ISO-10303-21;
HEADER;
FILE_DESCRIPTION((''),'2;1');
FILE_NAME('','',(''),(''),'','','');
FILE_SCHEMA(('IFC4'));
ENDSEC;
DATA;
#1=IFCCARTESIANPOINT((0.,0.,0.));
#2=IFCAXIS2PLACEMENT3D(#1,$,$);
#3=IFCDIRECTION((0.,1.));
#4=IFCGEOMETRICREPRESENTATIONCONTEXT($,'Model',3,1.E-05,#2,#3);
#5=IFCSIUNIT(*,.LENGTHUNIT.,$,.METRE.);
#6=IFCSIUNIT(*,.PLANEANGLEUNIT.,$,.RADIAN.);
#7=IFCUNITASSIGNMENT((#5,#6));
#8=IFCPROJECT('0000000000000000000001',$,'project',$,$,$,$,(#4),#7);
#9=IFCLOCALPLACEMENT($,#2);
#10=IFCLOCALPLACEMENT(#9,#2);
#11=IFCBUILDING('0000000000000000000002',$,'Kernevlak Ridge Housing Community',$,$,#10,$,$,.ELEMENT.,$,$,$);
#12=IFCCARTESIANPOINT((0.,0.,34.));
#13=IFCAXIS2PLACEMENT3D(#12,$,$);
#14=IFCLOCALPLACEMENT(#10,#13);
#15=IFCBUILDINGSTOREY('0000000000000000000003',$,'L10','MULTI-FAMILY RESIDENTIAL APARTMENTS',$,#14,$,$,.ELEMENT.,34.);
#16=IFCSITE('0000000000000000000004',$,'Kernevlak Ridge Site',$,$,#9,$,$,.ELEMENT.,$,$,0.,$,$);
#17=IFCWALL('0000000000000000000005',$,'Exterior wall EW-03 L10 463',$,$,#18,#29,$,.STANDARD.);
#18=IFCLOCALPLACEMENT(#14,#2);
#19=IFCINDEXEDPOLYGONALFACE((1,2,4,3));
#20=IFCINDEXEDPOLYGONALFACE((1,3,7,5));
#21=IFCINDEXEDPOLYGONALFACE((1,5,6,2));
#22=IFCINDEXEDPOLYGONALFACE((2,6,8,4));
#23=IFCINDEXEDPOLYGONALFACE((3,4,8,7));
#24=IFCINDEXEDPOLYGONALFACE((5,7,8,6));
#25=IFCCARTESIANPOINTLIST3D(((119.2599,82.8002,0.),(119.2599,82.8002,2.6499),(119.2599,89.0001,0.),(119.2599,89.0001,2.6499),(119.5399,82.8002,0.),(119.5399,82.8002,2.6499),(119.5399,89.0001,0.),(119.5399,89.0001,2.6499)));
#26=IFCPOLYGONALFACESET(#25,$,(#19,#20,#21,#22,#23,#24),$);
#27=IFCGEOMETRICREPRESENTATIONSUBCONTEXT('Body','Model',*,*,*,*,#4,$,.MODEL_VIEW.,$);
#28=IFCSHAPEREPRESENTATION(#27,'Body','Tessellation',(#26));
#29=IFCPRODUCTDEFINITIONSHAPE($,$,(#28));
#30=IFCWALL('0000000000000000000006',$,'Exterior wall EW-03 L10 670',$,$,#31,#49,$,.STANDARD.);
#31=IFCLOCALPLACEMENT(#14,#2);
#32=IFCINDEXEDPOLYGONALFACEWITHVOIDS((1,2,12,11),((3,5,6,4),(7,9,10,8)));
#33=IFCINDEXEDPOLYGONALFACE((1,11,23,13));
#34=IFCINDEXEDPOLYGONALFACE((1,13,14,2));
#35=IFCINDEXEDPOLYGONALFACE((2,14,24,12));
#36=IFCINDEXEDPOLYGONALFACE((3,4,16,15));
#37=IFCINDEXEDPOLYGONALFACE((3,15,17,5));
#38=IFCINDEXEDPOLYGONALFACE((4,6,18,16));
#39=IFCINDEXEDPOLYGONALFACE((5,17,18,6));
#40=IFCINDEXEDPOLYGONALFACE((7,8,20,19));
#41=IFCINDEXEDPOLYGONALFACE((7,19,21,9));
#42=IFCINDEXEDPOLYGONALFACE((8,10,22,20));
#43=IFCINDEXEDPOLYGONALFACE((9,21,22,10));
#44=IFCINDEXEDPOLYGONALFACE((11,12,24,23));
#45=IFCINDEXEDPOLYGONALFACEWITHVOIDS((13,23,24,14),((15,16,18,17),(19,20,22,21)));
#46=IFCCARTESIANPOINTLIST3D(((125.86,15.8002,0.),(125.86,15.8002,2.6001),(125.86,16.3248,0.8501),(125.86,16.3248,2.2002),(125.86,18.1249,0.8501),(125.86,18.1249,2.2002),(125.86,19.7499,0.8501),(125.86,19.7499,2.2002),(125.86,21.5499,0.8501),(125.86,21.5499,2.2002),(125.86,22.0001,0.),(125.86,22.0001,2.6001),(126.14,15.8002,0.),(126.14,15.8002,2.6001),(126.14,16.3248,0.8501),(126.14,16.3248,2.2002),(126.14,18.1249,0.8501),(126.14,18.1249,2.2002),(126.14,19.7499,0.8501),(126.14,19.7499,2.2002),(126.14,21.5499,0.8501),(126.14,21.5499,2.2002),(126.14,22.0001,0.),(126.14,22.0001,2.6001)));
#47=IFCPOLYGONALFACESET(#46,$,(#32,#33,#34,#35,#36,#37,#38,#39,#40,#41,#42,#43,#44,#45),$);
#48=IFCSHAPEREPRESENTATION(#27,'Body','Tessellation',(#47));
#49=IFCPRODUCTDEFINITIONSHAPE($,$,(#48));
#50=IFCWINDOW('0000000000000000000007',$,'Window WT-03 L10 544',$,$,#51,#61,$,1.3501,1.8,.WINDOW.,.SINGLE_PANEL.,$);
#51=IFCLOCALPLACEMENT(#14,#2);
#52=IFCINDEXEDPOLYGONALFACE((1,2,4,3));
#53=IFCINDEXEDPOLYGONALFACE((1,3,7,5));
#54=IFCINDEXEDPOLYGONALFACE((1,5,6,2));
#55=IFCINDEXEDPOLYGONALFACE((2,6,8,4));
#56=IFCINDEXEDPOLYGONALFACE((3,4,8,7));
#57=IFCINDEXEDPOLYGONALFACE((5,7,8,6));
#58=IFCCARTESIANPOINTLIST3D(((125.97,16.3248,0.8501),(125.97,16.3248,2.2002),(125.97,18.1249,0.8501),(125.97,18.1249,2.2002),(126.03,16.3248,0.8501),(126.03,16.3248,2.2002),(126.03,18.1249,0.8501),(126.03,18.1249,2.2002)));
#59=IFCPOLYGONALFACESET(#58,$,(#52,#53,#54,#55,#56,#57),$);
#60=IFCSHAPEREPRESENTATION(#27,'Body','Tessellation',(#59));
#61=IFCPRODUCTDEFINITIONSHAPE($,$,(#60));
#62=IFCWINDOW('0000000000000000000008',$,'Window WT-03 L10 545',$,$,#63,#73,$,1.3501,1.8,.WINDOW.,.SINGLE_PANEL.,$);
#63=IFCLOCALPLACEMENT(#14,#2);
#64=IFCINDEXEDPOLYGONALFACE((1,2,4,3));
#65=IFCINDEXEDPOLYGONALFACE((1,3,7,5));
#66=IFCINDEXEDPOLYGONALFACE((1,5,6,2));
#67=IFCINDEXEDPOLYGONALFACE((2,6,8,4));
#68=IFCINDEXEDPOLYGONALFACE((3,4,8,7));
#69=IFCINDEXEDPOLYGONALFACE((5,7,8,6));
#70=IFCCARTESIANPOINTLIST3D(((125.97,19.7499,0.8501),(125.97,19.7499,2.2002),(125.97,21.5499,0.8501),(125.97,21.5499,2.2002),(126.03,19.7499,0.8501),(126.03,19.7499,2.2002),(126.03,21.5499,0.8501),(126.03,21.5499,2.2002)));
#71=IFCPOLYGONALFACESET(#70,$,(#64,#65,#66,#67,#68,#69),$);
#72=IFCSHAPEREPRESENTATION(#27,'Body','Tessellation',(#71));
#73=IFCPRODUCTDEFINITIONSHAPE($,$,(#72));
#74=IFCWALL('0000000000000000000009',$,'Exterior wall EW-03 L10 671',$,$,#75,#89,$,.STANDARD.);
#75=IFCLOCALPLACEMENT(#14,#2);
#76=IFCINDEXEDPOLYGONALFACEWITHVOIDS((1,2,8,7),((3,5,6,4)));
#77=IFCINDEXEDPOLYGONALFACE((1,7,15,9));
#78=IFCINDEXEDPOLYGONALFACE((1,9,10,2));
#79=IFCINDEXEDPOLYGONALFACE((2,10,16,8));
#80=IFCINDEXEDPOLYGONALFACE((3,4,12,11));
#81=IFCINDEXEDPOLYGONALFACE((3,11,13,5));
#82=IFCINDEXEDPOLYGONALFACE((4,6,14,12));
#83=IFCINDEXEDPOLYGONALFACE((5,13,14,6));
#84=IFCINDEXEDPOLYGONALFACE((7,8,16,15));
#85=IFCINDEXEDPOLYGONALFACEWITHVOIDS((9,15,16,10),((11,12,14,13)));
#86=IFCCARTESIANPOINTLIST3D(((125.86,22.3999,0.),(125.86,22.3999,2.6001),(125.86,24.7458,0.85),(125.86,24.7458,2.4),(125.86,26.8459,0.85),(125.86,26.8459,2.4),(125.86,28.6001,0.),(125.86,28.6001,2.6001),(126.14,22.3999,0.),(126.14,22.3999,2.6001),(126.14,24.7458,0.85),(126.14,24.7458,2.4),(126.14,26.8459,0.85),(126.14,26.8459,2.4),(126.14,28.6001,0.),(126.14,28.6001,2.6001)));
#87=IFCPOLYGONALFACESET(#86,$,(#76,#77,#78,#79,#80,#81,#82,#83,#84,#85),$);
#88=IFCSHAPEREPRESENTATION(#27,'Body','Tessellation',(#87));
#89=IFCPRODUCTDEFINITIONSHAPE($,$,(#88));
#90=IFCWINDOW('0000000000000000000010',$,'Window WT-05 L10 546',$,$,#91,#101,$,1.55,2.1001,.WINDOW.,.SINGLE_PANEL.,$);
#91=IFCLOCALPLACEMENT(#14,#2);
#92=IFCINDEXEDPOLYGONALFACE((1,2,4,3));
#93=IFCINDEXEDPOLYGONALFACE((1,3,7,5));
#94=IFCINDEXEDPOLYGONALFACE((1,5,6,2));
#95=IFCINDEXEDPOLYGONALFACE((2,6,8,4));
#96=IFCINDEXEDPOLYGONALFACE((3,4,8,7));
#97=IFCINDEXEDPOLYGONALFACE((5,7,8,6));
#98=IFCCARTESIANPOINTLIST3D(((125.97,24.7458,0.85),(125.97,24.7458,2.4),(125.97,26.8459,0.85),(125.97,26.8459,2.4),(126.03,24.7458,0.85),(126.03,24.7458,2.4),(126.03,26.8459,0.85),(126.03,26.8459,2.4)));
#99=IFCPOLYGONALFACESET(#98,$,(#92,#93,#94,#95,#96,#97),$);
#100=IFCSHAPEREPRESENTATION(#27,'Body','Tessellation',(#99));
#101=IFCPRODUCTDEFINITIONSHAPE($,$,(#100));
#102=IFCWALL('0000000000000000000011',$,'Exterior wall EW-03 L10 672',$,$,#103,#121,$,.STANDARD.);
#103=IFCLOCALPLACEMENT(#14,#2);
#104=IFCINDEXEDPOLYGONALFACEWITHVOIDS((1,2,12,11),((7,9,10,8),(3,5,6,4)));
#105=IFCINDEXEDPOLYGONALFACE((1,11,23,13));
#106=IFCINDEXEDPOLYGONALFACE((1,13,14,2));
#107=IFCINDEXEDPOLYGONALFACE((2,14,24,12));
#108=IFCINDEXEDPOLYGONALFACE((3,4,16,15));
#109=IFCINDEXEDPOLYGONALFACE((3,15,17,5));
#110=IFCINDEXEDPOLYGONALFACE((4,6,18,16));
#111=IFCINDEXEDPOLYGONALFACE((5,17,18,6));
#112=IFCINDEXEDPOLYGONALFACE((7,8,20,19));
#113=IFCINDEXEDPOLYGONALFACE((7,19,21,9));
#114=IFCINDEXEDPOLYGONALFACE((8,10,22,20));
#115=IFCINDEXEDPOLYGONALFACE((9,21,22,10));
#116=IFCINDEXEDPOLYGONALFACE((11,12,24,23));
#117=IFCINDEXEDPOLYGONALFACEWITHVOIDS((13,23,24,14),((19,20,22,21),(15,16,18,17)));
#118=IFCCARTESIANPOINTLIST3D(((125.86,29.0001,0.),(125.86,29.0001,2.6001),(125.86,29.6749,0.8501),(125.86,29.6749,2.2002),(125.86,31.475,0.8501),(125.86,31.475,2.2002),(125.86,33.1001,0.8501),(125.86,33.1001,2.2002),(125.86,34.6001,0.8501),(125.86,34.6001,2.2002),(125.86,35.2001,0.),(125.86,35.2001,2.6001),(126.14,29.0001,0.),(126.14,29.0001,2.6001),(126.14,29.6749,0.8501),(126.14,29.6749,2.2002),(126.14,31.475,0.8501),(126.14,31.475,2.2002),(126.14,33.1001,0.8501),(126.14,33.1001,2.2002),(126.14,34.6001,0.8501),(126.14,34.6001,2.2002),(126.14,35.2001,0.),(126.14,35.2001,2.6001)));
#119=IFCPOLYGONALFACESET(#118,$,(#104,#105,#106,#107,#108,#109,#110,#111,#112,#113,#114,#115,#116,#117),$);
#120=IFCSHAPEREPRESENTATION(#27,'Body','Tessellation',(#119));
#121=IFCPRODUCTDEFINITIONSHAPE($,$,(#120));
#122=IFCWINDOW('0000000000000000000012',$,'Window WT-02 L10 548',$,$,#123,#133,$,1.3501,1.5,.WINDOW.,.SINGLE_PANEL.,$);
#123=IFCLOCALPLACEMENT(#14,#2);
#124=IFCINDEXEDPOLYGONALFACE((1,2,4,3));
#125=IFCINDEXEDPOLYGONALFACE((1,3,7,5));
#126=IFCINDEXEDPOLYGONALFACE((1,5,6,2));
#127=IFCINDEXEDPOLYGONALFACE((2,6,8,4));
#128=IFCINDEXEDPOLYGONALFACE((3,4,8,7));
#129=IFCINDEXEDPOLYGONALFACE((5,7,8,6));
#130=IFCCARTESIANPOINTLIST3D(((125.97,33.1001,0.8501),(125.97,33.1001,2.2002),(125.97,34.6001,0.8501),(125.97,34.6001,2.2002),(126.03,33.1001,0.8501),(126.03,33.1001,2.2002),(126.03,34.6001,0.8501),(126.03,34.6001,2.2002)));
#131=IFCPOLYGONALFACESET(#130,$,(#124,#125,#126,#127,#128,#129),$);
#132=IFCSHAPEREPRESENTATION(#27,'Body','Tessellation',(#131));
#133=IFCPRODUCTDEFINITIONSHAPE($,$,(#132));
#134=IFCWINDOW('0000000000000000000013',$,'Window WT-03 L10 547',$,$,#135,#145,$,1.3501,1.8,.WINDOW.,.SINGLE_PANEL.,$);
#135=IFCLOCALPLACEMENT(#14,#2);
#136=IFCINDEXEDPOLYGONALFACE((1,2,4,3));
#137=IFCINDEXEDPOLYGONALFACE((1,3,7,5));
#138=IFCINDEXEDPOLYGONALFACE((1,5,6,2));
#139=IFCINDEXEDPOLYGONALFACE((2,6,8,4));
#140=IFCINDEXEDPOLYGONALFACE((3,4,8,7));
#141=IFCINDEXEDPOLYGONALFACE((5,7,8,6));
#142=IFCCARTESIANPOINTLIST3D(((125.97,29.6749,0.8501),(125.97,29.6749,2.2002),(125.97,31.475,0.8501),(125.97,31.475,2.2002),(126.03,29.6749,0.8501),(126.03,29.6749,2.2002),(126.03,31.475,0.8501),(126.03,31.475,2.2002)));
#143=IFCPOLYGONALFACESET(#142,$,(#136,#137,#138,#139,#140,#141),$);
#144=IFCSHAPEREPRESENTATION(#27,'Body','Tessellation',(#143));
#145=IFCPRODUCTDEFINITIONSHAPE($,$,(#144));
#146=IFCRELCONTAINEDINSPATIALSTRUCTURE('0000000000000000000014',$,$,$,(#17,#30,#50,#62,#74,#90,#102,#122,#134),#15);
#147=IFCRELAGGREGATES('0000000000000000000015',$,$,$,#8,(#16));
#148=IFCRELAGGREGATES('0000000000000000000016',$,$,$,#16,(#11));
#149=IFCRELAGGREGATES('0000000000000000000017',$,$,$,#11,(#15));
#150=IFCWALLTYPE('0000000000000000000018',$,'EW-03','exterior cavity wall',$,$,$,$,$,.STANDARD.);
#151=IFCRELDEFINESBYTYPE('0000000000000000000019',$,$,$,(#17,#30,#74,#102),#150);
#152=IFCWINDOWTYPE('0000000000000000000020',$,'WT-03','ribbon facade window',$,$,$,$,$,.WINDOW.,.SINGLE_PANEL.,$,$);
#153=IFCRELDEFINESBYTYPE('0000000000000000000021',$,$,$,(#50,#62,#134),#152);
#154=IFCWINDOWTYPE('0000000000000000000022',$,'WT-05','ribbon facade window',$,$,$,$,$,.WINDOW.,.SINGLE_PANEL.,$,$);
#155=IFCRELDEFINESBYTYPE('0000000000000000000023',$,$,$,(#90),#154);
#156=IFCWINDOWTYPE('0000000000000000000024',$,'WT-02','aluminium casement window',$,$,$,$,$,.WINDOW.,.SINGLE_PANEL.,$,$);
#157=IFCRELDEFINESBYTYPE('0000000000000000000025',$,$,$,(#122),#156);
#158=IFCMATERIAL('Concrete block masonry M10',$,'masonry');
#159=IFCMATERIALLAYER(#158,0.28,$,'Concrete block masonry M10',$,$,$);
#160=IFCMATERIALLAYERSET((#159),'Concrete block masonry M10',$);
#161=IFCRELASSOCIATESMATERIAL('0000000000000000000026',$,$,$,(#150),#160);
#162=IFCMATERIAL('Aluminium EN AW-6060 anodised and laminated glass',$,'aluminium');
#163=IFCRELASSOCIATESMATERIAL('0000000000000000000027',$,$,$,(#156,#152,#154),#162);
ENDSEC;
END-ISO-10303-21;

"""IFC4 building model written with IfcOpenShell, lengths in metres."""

from ifc_helpers import new_model, si_unit, direction, frame, frame_2d, origin, place, context, subcontext, project, spatial, rectangle, extrude, material, layer, layer_set, type_object, element, fill, save


model = new_model("IFC4")

# Units and contexts
model_context = context("Model", 3, precision=1e-05, world=origin(), true_north=direction((0.0, 1.0)))
body_context = subcontext(model_context, "Body", "Model", "MODEL_VIEW")
ifc_project = project(units=[si_unit("LENGTHUNIT", "METRE"), si_unit("PLANEANGLEUNIT", "RADIAN")], contexts=[model_context])

# Site, building, storey
site_placement = place(None, origin())
site = spatial("IfcSite", under=ifc_project, at=site_placement, Name="Kernevlak Ridge Site", CompositionType="ELEMENT", RefElevation=0.0)
building_placement = place(site_placement, origin())
building = spatial("IfcBuilding", under=site, at=building_placement, Name="Kernevlak Ridge Housing Community", CompositionType="ELEMENT")
storey_placement = place(building_placement, frame((0.0, 0.0, 34.0)))
storey = spatial("IfcBuildingStorey", under=building, at=storey_placement, Name="L10", Description="MULTI-FAMILY RESIDENTIAL APARTMENTS", CompositionType="ELEMENT", Elevation=34.0)

# Shared definitions
ifc_material_1 = material(Name="Concrete block masonry M10", Category="masonry")
ifc_layer_1 = layer(ifc_material_1, 0.28, Name="Concrete block masonry M10")
ifc_layer_set_1 = layer_set([ifc_layer_1], Name="Concrete block masonry M10")
wall_type_1 = type_object("IfcWallType", Name="EW-03", Description="exterior cavity wall", PredefinedType="STANDARD", material=ifc_layer_set_1)
ifc_material_2 = material(Name="Aluminium EN AW-6060 anodised and laminated glass", Category="aluminium")
window_type_1 = type_object("IfcWindowType", Name="WT-02", Description="aluminium casement window", PartitioningType="SINGLE_PANEL", PredefinedType="WINDOW", material=ifc_material_2)
window_type_2 = type_object("IfcWindowType", Name="WT-03", Description="ribbon facade window", PartitioningType="SINGLE_PANEL", PredefinedType="WINDOW", material=ifc_material_2)

# Wall
wall_1_placement = place(storey_placement, frame((119.3999, 82.8, 0.0), z_axis=(0.0, 0.0, 1.0), x_axis=(0.0, 1.0, 0.0)))
element("IfcWall", 1, at=wall_1_placement, inside=storey, type_object=wall_type_1, Name="Exterior wall EW-03 L10 463", PredefinedType="STANDARD", context=body_context, shape_type="SweptSolid", body=[
    extrude(rectangle(XDim=6.2, YDim=0.28, at=frame_2d((3.1001, 0.0))), origin(), (0.0, 0.0, 1.0), 2.6499),
])

# Wall, openings, windows
wall_2_placement = place(storey_placement, frame((126.0, 15.8, 0.0), z_axis=(0.0, 0.0, 1.0), x_axis=(0.0, 1.0, 0.0)))
wall_2 = element("IfcWall", 2, at=wall_2_placement, inside=storey, type_object=wall_type_1, Name="Exterior wall EW-03 L10 670", PredefinedType="STANDARD", context=body_context, shape_type="SweptSolid", body=[
    extrude(rectangle(XDim=6.2, YDim=0.28, at=frame_2d((3.1001, 0.0))), origin(), (0.0, 0.0, 1.0), 2.6001),
])
opening_1_placement = place(wall_2_placement, frame((0.5249, 0.0, 0.8501)))
opening_1 = element("IfcOpeningElement", 3, at=opening_1_placement, cuts=wall_2, PredefinedType="OPENING", context=body_context, shape_type="SweptSolid", body=[
    extrude(rectangle(XDim=1.8, YDim=1.3501, at=frame_2d((0.8999, 0.675))), frame((0.0, 0.1499, 0.0), z_axis=(0.0, -1.0, 0.0), x_axis=(1.0, 0.0, 0.0)), (0.0, 0.0, 1.0), 0.3),
])
opening_2_placement = place(wall_2_placement, frame((3.95, 0.0, 0.8501)))
opening_2 = element("IfcOpeningElement", 4, at=opening_2_placement, cuts=wall_2, PredefinedType="OPENING", context=body_context, shape_type="SweptSolid", body=[
    extrude(rectangle(XDim=1.8, YDim=1.3501, at=frame_2d((0.8999, 0.675))), frame((0.0, 0.1499, 0.0), z_axis=(0.0, -1.0, 0.0), x_axis=(1.0, 0.0, 0.0)), (0.0, 0.0, 1.0), 0.3),
])
window_1_placement = place(opening_1_placement, origin())
window_1 = element("IfcWindow", 5, at=window_1_placement, inside=storey, type_object=window_type_2, Name="Window WT-03 L10 544", OverallHeight=1.3501, OverallWidth=1.8, PartitioningType="SINGLE_PANEL", PredefinedType="WINDOW", context=body_context, shape_type="SweptSolid", body=[
    extrude(rectangle(XDim=1.8, YDim=1.3501, at=frame_2d((0.8999, 0.675))), frame((0.0, 0.03, 0.0), z_axis=(0.0, -1.0, 0.0), x_axis=(1.0, 0.0, 0.0)), (0.0, 0.0, 1.0), 0.0601),
])
fill(opening_1, window_1)
window_2_placement = place(opening_2_placement, origin())
window_2 = element("IfcWindow", 6, at=window_2_placement, inside=storey, type_object=window_type_2, Name="Window WT-03 L10 545", OverallHeight=1.3501, OverallWidth=1.8, PartitioningType="SINGLE_PANEL", PredefinedType="WINDOW", context=body_context, shape_type="SweptSolid", body=[
    extrude(rectangle(XDim=1.8, YDim=1.3501, at=frame_2d((0.8999, 0.675))), frame((0.0, 0.03, 0.0), z_axis=(0.0, -1.0, 0.0), x_axis=(1.0, 0.0, 0.0)), (0.0, 0.0, 1.0), 0.0601),
])
fill(opening_2, window_2)

# Wall, opening, window
wall_3_placement = place(storey_placement, frame((126.0, 22.3999, 0.0), z_axis=(0.0, 0.0, 1.0), x_axis=(0.0, 1.0, 0.0)))
wall_3 = element("IfcWall", 7, at=wall_3_placement, inside=storey, type_object=wall_type_1, Name="Exterior wall EW-03 L10 671", PredefinedType="STANDARD", context=body_context, shape_type="SweptSolid", body=[
    extrude(rectangle(XDim=6.2002, YDim=0.28, at=frame_2d((3.1001, 0.0))), origin(), (0.0, 0.0, 1.0), 2.6001),
])
opening_3_placement = place(wall_3_placement, frame((2.3459, 0.0, 0.8501)))
opening_3 = element("IfcOpeningElement", 8, at=opening_3_placement, cuts=wall_3, PredefinedType="OPENING", context=body_context, shape_type="SweptSolid", body=[
    extrude(rectangle(XDim=2.1001, YDim=1.55, at=frame_2d((1.05, 0.7749))), frame((0.0, 0.1499, 0.0), z_axis=(0.0, -1.0, 0.0), x_axis=(1.0, 0.0, 0.0)), (0.0, 0.0, 1.0), 0.3),
])
window_type_3 = type_object("IfcWindowType", Name="WT-05", Description="ribbon facade window", PartitioningType="SINGLE_PANEL", PredefinedType="WINDOW", material=ifc_material_2)
window_3_placement = place(opening_3_placement, origin())
window_3 = element("IfcWindow", 9, at=window_3_placement, inside=storey, type_object=window_type_3, Name="Window WT-05 L10 546", OverallHeight=1.55, OverallWidth=2.1001, PartitioningType="SINGLE_PANEL", PredefinedType="WINDOW", context=body_context, shape_type="SweptSolid", body=[
    extrude(rectangle(XDim=2.1001, YDim=1.55, at=frame_2d((1.05, 0.7749))), frame((0.0, 0.03, 0.0), z_axis=(0.0, -1.0, 0.0), x_axis=(1.0, 0.0, 0.0)), (0.0, 0.0, 1.0), 0.0601),
])
fill(opening_3, window_3)

# Wall, openings, windows
wall_4_placement = place(storey_placement, frame((126.0, 29.0, 0.0), z_axis=(0.0, 0.0, 1.0), x_axis=(0.0, 1.0, 0.0)))
wall_4 = element("IfcWall", 10, at=wall_4_placement, inside=storey, type_object=wall_type_1, Name="Exterior wall EW-03 L10 672", PredefinedType="STANDARD", context=body_context, shape_type="SweptSolid", body=[
    extrude(rectangle(XDim=6.2, YDim=0.28, at=frame_2d((3.1001, 0.0))), origin(), (0.0, 0.0, 1.0), 2.6001),
])
opening_4_placement = place(wall_4_placement, frame((0.675, 0.0, 0.8501)))
opening_4 = element("IfcOpeningElement", 11, at=opening_4_placement, cuts=wall_4, PredefinedType="OPENING", context=body_context, shape_type="SweptSolid", body=[
    extrude(rectangle(XDim=1.8, YDim=1.3501, at=frame_2d((0.8999, 0.675))), frame((0.0, 0.1499, 0.0), z_axis=(0.0, -1.0, 0.0), x_axis=(1.0, 0.0, 0.0)), (0.0, 0.0, 1.0), 0.3),
])
opening_5_placement = place(wall_4_placement, frame((4.1001, 0.0, 0.8501)))
opening_5 = element("IfcOpeningElement", 12, at=opening_5_placement, cuts=wall_4, PredefinedType="OPENING", context=body_context, shape_type="SweptSolid", body=[
    extrude(rectangle(XDim=1.5, YDim=1.3501, at=frame_2d((0.75, 0.675))), frame((0.0, 0.1499, 0.0), z_axis=(0.0, -1.0, 0.0), x_axis=(1.0, 0.0, 0.0)), (0.0, 0.0, 1.0), 0.3),
])
window_4_placement = place(opening_5_placement, origin())
window_4 = element("IfcWindow", 13, at=window_4_placement, inside=storey, type_object=window_type_1, Name="Window WT-02 L10 548", OverallHeight=1.3501, OverallWidth=1.5, PartitioningType="SINGLE_PANEL", PredefinedType="WINDOW", context=body_context, shape_type="SweptSolid", body=[
    extrude(rectangle(XDim=1.5, YDim=1.3501, at=frame_2d((0.75, 0.675))), frame((0.0, 0.03, 0.0), z_axis=(0.0, -1.0, 0.0), x_axis=(1.0, 0.0, 0.0)), (0.0, 0.0, 1.0), 0.0601),
])
fill(opening_5, window_4)
window_5_placement = place(opening_4_placement, origin())
window_5 = element("IfcWindow", 14, at=window_5_placement, inside=storey, type_object=window_type_2, Name="Window WT-03 L10 547", OverallHeight=1.3501, OverallWidth=1.8, PartitioningType="SINGLE_PANEL", PredefinedType="WINDOW", context=body_context, shape_type="SweptSolid", body=[
    extrude(rectangle(XDim=1.8, YDim=1.3501, at=frame_2d((0.8999, 0.675))), frame((0.0, 0.03, 0.0), z_axis=(0.0, -1.0, 0.0), x_axis=(1.0, 0.0, 0.0)), (0.0, 0.0, 1.0), 0.0601),
])
fill(opening_4, window_5)

save(model, "model.ifc")
